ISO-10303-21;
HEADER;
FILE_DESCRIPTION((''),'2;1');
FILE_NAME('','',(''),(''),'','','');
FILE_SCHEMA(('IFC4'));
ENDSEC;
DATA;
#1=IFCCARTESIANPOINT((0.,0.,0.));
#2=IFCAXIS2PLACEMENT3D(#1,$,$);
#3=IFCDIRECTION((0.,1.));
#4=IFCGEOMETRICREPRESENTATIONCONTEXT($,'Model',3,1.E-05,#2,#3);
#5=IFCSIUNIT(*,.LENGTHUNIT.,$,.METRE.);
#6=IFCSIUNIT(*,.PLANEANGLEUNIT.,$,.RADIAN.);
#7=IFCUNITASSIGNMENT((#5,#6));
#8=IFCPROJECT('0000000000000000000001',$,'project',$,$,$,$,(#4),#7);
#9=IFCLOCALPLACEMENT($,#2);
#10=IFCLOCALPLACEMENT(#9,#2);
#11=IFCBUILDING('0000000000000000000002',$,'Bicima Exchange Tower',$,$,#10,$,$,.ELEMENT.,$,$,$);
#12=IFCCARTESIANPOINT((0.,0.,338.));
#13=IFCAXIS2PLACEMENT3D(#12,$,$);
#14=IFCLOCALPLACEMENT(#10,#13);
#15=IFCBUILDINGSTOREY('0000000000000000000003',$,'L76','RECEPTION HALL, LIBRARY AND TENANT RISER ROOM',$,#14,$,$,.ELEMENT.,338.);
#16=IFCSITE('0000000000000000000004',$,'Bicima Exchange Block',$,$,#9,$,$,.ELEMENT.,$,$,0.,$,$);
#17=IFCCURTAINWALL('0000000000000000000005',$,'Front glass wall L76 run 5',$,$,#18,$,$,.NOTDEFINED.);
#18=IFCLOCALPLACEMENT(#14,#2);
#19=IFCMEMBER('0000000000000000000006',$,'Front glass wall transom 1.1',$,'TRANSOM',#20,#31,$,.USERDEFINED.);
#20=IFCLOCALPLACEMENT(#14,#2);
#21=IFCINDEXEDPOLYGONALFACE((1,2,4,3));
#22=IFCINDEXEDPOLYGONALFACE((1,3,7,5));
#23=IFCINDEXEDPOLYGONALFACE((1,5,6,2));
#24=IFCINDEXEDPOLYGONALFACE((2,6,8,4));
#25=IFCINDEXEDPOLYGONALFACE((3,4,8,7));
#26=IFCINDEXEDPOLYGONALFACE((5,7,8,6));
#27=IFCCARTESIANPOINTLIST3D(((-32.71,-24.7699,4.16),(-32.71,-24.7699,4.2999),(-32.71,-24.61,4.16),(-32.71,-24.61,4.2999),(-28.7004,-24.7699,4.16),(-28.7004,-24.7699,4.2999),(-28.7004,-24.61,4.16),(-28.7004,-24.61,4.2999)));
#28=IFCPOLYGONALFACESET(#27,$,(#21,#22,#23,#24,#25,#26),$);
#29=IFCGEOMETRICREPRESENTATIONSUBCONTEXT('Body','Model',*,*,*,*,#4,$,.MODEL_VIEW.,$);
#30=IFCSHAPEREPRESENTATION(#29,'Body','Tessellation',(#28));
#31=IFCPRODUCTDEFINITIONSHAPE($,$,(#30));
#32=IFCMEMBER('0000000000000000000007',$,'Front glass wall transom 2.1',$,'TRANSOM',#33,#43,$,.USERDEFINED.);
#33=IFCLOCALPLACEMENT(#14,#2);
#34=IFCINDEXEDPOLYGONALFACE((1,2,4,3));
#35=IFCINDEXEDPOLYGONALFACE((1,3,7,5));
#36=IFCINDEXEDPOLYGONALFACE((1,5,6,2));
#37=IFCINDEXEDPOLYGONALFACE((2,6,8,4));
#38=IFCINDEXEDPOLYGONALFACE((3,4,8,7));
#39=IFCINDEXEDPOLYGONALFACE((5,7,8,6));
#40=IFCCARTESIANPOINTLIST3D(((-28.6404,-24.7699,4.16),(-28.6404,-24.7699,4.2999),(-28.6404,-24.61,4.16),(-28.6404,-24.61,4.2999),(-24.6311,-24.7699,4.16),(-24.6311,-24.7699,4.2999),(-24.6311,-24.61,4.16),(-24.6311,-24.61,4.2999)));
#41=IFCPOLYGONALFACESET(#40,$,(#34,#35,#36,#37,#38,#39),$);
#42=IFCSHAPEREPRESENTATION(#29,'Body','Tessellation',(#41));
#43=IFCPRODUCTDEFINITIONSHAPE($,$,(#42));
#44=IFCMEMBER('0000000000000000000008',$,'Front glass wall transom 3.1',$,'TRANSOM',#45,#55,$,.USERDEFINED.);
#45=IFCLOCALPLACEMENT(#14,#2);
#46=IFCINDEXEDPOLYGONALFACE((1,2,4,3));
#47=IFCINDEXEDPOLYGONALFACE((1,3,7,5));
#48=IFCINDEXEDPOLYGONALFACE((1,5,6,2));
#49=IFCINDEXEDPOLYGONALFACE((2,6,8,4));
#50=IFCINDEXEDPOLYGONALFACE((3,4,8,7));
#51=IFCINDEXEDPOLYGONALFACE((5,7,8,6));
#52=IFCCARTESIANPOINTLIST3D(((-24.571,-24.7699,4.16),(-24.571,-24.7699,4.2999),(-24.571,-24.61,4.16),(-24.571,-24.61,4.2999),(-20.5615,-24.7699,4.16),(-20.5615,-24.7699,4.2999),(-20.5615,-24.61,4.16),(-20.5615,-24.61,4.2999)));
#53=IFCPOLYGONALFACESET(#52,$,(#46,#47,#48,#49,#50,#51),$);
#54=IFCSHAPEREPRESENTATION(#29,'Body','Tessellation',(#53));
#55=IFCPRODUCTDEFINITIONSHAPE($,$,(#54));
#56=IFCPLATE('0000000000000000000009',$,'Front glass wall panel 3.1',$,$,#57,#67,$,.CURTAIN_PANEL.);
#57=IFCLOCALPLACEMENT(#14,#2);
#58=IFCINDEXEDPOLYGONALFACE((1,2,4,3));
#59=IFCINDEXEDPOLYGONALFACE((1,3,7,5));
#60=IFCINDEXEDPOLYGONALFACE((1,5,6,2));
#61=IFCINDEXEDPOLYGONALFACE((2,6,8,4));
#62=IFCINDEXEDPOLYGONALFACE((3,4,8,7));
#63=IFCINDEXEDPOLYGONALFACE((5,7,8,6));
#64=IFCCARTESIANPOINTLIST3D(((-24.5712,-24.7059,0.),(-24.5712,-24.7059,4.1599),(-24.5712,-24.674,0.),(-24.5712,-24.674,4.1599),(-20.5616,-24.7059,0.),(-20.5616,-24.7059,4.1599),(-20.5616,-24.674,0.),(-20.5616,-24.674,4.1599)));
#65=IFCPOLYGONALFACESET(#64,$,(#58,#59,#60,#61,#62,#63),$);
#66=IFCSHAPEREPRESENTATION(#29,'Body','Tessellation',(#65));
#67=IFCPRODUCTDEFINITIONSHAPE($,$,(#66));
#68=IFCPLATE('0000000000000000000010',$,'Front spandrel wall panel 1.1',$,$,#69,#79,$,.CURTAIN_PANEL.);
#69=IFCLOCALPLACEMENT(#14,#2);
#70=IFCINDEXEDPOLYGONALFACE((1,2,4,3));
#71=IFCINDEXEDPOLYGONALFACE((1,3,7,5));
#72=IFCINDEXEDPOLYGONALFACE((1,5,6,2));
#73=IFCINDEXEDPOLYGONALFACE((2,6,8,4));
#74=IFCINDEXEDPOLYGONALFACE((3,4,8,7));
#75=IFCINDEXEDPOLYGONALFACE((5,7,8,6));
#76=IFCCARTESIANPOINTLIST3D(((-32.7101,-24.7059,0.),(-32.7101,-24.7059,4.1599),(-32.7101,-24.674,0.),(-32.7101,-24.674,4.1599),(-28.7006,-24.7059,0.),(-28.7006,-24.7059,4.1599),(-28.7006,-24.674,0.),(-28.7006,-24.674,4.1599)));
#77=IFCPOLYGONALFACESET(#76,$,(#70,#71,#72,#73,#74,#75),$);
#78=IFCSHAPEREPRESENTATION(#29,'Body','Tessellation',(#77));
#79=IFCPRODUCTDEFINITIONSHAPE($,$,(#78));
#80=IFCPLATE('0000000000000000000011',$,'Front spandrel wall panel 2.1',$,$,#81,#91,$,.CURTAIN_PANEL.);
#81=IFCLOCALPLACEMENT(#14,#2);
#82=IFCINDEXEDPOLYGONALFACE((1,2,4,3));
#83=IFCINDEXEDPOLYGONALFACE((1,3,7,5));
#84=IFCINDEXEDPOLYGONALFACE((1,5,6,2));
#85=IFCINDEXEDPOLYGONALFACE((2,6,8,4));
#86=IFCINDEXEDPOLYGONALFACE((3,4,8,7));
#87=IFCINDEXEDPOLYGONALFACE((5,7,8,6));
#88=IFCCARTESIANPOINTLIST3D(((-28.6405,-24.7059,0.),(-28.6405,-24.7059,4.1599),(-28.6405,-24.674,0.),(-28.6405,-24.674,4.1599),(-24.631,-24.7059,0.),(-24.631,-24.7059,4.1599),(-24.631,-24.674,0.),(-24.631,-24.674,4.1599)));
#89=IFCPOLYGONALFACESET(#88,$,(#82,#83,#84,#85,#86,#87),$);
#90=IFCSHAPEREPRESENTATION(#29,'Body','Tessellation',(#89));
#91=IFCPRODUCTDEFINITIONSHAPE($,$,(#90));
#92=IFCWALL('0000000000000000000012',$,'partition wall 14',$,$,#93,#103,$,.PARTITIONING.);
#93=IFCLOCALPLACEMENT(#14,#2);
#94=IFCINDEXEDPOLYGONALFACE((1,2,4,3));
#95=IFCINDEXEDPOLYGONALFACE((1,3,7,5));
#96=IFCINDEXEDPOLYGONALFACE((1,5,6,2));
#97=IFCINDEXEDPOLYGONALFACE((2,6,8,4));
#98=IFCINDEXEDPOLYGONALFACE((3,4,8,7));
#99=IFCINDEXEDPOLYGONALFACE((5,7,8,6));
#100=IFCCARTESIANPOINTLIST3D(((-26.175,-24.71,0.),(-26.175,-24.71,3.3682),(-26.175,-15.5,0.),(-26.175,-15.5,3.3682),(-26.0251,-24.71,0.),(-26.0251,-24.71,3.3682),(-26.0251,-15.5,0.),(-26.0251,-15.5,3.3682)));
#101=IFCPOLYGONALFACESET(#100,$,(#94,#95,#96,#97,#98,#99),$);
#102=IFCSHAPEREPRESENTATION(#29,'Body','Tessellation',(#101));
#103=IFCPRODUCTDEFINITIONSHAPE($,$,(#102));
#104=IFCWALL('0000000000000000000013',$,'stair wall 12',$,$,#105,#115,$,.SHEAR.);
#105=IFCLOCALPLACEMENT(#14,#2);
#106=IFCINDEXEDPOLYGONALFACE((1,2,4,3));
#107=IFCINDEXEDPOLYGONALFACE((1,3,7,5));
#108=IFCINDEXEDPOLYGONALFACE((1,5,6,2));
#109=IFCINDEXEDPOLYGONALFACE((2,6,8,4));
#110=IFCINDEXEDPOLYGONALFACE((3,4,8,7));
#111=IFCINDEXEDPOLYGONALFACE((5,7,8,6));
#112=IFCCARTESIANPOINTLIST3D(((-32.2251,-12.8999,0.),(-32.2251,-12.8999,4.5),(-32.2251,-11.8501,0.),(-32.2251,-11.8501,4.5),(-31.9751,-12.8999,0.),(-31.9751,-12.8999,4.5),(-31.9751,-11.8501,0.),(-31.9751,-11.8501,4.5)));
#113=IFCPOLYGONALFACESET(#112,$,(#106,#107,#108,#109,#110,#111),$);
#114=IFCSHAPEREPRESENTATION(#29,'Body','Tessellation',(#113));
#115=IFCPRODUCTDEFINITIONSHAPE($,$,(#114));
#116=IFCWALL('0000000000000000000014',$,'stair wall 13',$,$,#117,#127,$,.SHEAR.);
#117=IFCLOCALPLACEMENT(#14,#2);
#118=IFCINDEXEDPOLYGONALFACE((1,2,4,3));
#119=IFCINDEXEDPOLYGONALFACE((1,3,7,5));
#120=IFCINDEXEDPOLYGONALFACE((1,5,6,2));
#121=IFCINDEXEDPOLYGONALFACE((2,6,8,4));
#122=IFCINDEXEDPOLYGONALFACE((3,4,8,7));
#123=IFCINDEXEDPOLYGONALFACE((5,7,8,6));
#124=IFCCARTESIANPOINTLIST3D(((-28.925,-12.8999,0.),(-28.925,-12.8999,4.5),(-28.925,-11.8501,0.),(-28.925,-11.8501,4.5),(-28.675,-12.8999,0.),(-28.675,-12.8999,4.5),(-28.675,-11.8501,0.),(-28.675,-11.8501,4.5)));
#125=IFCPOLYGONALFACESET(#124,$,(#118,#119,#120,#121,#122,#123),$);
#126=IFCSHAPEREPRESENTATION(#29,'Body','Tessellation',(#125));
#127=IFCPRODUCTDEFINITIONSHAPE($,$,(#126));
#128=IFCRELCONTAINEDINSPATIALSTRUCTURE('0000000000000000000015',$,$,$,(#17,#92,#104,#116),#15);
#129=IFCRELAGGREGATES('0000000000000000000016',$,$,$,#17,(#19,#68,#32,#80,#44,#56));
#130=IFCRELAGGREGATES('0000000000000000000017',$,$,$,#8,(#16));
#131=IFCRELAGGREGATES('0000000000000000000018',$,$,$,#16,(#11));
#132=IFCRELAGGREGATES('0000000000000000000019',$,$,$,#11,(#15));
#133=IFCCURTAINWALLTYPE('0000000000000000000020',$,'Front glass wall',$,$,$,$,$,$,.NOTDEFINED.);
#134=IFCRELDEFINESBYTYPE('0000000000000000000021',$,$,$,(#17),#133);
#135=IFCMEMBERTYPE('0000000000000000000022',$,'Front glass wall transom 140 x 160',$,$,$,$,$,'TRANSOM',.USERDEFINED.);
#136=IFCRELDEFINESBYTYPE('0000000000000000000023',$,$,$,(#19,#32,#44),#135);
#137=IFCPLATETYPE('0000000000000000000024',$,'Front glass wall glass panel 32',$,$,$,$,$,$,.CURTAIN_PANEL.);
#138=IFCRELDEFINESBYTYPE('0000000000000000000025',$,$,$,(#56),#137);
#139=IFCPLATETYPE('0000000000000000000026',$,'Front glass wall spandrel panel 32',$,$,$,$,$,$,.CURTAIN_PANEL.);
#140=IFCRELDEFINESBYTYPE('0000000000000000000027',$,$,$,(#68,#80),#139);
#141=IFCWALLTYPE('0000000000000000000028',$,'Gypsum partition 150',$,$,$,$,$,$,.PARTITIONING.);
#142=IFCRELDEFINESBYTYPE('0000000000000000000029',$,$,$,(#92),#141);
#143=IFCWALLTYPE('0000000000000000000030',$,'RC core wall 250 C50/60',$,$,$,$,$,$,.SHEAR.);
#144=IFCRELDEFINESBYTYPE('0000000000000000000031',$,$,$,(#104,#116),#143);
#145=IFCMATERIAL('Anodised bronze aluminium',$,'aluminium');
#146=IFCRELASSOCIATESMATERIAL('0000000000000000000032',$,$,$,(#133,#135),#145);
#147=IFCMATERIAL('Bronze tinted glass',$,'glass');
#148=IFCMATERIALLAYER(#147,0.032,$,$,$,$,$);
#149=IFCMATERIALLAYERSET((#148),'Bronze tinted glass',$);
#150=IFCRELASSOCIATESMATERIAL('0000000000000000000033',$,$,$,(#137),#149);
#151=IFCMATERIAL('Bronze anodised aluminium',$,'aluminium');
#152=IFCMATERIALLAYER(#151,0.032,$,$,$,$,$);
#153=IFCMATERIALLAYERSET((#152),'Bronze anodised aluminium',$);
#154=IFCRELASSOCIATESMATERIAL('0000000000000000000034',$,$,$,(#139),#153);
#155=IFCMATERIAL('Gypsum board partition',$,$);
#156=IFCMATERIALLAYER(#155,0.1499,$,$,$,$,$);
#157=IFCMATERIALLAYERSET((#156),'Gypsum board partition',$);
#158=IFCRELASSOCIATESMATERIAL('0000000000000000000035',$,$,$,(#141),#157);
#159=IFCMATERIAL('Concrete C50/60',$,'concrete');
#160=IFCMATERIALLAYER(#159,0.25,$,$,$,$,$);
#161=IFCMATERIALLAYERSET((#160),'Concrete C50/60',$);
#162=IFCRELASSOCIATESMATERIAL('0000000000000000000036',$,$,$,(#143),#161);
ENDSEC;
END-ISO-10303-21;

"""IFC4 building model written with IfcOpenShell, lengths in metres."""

from ifc_helpers import new_model, si_unit, direction, frame, frame_2d, origin, origin_2d, place, context, subcontext, project, spatial, rectangle, extrude, material, layer, layer_set, material_profile, profile_set, type_object, element, aggregate, save


model = new_model("IFC4")

# Units and contexts
model_context = context("Model", 3, precision=1e-05, world=origin(), true_north=direction((0.0, 1.0)))
body_context = subcontext(model_context, "Body", "Model", "MODEL_VIEW")
ifc_project = project(units=[si_unit("LENGTHUNIT", "METRE"), si_unit("PLANEANGLEUNIT", "RADIAN")], contexts=[model_context])

# Site, building, storey
site_placement = place(None, origin())
site = spatial("IfcSite", under=ifc_project, at=site_placement, Name="Bicima Exchange Block", CompositionType="ELEMENT", RefElevation=0.0)
building_placement = place(site_placement, origin())
building = spatial("IfcBuilding", under=site, at=building_placement, Name="Bicima Exchange Tower", CompositionType="ELEMENT")
storey_placement = place(building_placement, frame((0.0, 0.0, 338.0)))
storey = spatial("IfcBuildingStorey", under=building, at=storey_placement, Name="L76", Description="RECEPTION HALL, LIBRARY AND TENANT RISER ROOM", CompositionType="ELEMENT", Elevation=338.0)

# Shared definitions
ifc_material_1 = material(Name="Anodised bronze aluminium", Category="aluminium")
curtain_wall_type = type_object("IfcCurtainWallType", Name="Front glass wall", PredefinedType="NOTDEFINED", material=ifc_material_1)

# Curtain wall, members, plates
curtain_wall_1_placement = place(storey_placement, origin())
curtain_wall_1 = element("IfcCurtainWall", 1, at=curtain_wall_1_placement, inside=storey, type_object=curtain_wall_type, Name="Front glass wall L76 run 5", PredefinedType="NOTDEFINED")
ifc_material_profile_1 = material_profile(ifc_material_1, rectangle(XDim=0.1599, YDim=0.1399, at=origin_2d()))
ifc_profile_set_1 = profile_set([ifc_material_profile_1], Name="Anodised bronze aluminium")
member_type_1 = type_object("IfcMemberType", Name="Front glass wall transom 140 x 160", ElementType="TRANSOM", PredefinedType="USERDEFINED", material=ifc_profile_set_1)
member_1_placement = place(storey_placement, frame((-32.71, -24.6899, 4.23), z_axis=(1.0, 0.0, 0.0), x_axis=(0.0, 1.0, 0.0)))
member_1 = element("IfcMember", 2, at=member_1_placement, type_object=member_type_1, Name="Front glass wall transom 1.1", ObjectType="TRANSOM", PredefinedType="USERDEFINED", context=body_context, shape_type="SweptSolid", body=[
    extrude(rectangle(XDim=0.1599, YDim=0.1399, at=origin_2d()), origin(), (0.0, 0.0, 1.0), 4.0095),
])
member_2_placement = place(storey_placement, frame((-28.6404, -24.6899, 4.23), z_axis=(1.0, 0.0, 0.0), x_axis=(0.0, 1.0, 0.0)))
member_2 = element("IfcMember", 3, at=member_2_placement, type_object=member_type_1, Name="Front glass wall transom 2.1", ObjectType="TRANSOM", PredefinedType="USERDEFINED", context=body_context, shape_type="SweptSolid", body=[
    extrude(rectangle(XDim=0.1599, YDim=0.1399, at=origin_2d()), origin(), (0.0, 0.0, 1.0), 4.0093),
])
member_3_placement = place(storey_placement, frame((-24.571, -24.6899, 4.23), z_axis=(1.0, 0.0, 0.0), x_axis=(0.0, 1.0, 0.0)))
member_3 = element("IfcMember", 4, at=member_3_placement, type_object=member_type_1, Name="Front glass wall transom 3.1", ObjectType="TRANSOM", PredefinedType="USERDEFINED", context=body_context, shape_type="SweptSolid", body=[
    extrude(rectangle(XDim=0.1599, YDim=0.1399, at=origin_2d()), origin(), (0.0, 0.0, 1.0), 4.0095),
])
ifc_material_2 = material(Name="Bronze tinted glass", Category="glass")
ifc_layer_1 = layer(ifc_material_2, 0.032)
ifc_layer_set_1 = layer_set([ifc_layer_1], Name="Bronze tinted glass")
plate_type_1 = type_object("IfcPlateType", Name="Front glass wall glass panel 32", PredefinedType="CURTAIN_PANEL", material=ifc_layer_set_1)
plate_1_placement = place(storey_placement, frame((-22.5664, -24.6899, 0.0), z_axis=(0.0, 0.0, 1.0), x_axis=(1.0, 0.0, 0.0)))
plate_1 = element("IfcPlate", 5, at=plate_1_placement, type_object=plate_type_1, Name="Front glass wall panel 3.1", PredefinedType="CURTAIN_PANEL", context=body_context, shape_type="SweptSolid", body=[
    extrude(rectangle(XDim=4.0095, YDim=0.032, at=origin_2d()), origin(), (0.0, 0.0, 1.0), 4.1599),
])
ifc_material_3 = material(Name="Bronze anodised aluminium", Category="aluminium")
ifc_layer_2 = layer(ifc_material_3, 0.032)
ifc_layer_set_2 = layer_set([ifc_layer_2], Name="Bronze anodised aluminium")
plate_type_2 = type_object("IfcPlateType", Name="Front glass wall spandrel panel 32", PredefinedType="CURTAIN_PANEL", material=ifc_layer_set_2)
plate_2_placement = place(storey_placement, frame((-30.7053, -24.6899, 0.0), z_axis=(0.0, 0.0, 1.0), x_axis=(1.0, 0.0, 0.0)))
plate_2 = element("IfcPlate", 6, at=plate_2_placement, type_object=plate_type_2, Name="Front spandrel wall panel 1.1", PredefinedType="CURTAIN_PANEL", context=body_context, shape_type="SweptSolid", body=[
    extrude(rectangle(XDim=4.0095, YDim=0.032, at=origin_2d()), origin(), (0.0, 0.0, 1.0), 4.1599),
])
plate_3_placement = place(storey_placement, frame((-26.6357, -24.6899, 0.0), z_axis=(0.0, 0.0, 1.0), x_axis=(1.0, 0.0, 0.0)))
plate_3 = element("IfcPlate", 7, at=plate_3_placement, type_object=plate_type_2, Name="Front spandrel wall panel 2.1", PredefinedType="CURTAIN_PANEL", context=body_context, shape_type="SweptSolid", body=[
    extrude(rectangle(XDim=4.0095, YDim=0.032, at=origin_2d()), origin(), (0.0, 0.0, 1.0), 4.1599),
])
aggregate(curtain_wall_1, [member_1, plate_2, member_2, plate_3, member_3, plate_1])

# Walls
ifc_material_4 = material(Name="Gypsum board partition")
ifc_layer_3 = layer(ifc_material_4, 0.1499)
ifc_layer_set_3 = layer_set([ifc_layer_3], Name="Gypsum board partition")
wall_type_1 = type_object("IfcWallType", Name="Gypsum partition 150", PredefinedType="PARTITIONING", material=ifc_layer_set_3)
wall_placement = place(storey_placement, frame((-26.1001, -24.71, 0.0), z_axis=(0.0, 0.0, 1.0), x_axis=(0.0, 1.0, 0.0)))
element("IfcWall", 8, at=wall_placement, inside=storey, type_object=wall_type_1, Name="partition wall 14", PredefinedType="PARTITIONING", context=body_context, shape_type="SweptSolid", body=[
    extrude(rectangle(XDim=9.21, YDim=0.1499, at=frame_2d((4.605, 0.0))), origin(), (0.0, 0.0, 1.0), 3.3682),
])
ifc_material_5 = material(Name="Concrete C50/60", Category="concrete")
ifc_layer_4 = layer(ifc_material_5, 0.25)
ifc_layer_set_4 = layer_set([ifc_layer_4], Name="Concrete C50/60")
wall_type_2 = type_object("IfcWallType", Name="RC core wall 250 C50/60", PredefinedType="SHEAR", material=ifc_layer_set_4)
for number, where, z_axis, x_axis, name in (
    (9, (-32.1001, -12.8999, 0.0), (0.0, 0.0, 1.0), (0.0, 1.0, 0.0), "stair wall 12"),
    (10, (-28.8, -12.8999, 0.0), (0.0, 0.0, 1.0), (0.0, 1.0, 0.0), "stair wall 13"),
):
    element("IfcWall", number, at=place(storey_placement, frame(where, z_axis=z_axis, x_axis=x_axis)), inside=storey, type_object=wall_type_2, Name=name, PredefinedType="SHEAR", context=body_context, shape_type="SweptSolid", body=[
        extrude(rectangle(XDim=1.0498, YDim=0.25, at=frame_2d((0.5249, 0.0))), origin(), (0.0, 0.0, 1.0), 4.5),
    ])

save(model, "model.ifc")
